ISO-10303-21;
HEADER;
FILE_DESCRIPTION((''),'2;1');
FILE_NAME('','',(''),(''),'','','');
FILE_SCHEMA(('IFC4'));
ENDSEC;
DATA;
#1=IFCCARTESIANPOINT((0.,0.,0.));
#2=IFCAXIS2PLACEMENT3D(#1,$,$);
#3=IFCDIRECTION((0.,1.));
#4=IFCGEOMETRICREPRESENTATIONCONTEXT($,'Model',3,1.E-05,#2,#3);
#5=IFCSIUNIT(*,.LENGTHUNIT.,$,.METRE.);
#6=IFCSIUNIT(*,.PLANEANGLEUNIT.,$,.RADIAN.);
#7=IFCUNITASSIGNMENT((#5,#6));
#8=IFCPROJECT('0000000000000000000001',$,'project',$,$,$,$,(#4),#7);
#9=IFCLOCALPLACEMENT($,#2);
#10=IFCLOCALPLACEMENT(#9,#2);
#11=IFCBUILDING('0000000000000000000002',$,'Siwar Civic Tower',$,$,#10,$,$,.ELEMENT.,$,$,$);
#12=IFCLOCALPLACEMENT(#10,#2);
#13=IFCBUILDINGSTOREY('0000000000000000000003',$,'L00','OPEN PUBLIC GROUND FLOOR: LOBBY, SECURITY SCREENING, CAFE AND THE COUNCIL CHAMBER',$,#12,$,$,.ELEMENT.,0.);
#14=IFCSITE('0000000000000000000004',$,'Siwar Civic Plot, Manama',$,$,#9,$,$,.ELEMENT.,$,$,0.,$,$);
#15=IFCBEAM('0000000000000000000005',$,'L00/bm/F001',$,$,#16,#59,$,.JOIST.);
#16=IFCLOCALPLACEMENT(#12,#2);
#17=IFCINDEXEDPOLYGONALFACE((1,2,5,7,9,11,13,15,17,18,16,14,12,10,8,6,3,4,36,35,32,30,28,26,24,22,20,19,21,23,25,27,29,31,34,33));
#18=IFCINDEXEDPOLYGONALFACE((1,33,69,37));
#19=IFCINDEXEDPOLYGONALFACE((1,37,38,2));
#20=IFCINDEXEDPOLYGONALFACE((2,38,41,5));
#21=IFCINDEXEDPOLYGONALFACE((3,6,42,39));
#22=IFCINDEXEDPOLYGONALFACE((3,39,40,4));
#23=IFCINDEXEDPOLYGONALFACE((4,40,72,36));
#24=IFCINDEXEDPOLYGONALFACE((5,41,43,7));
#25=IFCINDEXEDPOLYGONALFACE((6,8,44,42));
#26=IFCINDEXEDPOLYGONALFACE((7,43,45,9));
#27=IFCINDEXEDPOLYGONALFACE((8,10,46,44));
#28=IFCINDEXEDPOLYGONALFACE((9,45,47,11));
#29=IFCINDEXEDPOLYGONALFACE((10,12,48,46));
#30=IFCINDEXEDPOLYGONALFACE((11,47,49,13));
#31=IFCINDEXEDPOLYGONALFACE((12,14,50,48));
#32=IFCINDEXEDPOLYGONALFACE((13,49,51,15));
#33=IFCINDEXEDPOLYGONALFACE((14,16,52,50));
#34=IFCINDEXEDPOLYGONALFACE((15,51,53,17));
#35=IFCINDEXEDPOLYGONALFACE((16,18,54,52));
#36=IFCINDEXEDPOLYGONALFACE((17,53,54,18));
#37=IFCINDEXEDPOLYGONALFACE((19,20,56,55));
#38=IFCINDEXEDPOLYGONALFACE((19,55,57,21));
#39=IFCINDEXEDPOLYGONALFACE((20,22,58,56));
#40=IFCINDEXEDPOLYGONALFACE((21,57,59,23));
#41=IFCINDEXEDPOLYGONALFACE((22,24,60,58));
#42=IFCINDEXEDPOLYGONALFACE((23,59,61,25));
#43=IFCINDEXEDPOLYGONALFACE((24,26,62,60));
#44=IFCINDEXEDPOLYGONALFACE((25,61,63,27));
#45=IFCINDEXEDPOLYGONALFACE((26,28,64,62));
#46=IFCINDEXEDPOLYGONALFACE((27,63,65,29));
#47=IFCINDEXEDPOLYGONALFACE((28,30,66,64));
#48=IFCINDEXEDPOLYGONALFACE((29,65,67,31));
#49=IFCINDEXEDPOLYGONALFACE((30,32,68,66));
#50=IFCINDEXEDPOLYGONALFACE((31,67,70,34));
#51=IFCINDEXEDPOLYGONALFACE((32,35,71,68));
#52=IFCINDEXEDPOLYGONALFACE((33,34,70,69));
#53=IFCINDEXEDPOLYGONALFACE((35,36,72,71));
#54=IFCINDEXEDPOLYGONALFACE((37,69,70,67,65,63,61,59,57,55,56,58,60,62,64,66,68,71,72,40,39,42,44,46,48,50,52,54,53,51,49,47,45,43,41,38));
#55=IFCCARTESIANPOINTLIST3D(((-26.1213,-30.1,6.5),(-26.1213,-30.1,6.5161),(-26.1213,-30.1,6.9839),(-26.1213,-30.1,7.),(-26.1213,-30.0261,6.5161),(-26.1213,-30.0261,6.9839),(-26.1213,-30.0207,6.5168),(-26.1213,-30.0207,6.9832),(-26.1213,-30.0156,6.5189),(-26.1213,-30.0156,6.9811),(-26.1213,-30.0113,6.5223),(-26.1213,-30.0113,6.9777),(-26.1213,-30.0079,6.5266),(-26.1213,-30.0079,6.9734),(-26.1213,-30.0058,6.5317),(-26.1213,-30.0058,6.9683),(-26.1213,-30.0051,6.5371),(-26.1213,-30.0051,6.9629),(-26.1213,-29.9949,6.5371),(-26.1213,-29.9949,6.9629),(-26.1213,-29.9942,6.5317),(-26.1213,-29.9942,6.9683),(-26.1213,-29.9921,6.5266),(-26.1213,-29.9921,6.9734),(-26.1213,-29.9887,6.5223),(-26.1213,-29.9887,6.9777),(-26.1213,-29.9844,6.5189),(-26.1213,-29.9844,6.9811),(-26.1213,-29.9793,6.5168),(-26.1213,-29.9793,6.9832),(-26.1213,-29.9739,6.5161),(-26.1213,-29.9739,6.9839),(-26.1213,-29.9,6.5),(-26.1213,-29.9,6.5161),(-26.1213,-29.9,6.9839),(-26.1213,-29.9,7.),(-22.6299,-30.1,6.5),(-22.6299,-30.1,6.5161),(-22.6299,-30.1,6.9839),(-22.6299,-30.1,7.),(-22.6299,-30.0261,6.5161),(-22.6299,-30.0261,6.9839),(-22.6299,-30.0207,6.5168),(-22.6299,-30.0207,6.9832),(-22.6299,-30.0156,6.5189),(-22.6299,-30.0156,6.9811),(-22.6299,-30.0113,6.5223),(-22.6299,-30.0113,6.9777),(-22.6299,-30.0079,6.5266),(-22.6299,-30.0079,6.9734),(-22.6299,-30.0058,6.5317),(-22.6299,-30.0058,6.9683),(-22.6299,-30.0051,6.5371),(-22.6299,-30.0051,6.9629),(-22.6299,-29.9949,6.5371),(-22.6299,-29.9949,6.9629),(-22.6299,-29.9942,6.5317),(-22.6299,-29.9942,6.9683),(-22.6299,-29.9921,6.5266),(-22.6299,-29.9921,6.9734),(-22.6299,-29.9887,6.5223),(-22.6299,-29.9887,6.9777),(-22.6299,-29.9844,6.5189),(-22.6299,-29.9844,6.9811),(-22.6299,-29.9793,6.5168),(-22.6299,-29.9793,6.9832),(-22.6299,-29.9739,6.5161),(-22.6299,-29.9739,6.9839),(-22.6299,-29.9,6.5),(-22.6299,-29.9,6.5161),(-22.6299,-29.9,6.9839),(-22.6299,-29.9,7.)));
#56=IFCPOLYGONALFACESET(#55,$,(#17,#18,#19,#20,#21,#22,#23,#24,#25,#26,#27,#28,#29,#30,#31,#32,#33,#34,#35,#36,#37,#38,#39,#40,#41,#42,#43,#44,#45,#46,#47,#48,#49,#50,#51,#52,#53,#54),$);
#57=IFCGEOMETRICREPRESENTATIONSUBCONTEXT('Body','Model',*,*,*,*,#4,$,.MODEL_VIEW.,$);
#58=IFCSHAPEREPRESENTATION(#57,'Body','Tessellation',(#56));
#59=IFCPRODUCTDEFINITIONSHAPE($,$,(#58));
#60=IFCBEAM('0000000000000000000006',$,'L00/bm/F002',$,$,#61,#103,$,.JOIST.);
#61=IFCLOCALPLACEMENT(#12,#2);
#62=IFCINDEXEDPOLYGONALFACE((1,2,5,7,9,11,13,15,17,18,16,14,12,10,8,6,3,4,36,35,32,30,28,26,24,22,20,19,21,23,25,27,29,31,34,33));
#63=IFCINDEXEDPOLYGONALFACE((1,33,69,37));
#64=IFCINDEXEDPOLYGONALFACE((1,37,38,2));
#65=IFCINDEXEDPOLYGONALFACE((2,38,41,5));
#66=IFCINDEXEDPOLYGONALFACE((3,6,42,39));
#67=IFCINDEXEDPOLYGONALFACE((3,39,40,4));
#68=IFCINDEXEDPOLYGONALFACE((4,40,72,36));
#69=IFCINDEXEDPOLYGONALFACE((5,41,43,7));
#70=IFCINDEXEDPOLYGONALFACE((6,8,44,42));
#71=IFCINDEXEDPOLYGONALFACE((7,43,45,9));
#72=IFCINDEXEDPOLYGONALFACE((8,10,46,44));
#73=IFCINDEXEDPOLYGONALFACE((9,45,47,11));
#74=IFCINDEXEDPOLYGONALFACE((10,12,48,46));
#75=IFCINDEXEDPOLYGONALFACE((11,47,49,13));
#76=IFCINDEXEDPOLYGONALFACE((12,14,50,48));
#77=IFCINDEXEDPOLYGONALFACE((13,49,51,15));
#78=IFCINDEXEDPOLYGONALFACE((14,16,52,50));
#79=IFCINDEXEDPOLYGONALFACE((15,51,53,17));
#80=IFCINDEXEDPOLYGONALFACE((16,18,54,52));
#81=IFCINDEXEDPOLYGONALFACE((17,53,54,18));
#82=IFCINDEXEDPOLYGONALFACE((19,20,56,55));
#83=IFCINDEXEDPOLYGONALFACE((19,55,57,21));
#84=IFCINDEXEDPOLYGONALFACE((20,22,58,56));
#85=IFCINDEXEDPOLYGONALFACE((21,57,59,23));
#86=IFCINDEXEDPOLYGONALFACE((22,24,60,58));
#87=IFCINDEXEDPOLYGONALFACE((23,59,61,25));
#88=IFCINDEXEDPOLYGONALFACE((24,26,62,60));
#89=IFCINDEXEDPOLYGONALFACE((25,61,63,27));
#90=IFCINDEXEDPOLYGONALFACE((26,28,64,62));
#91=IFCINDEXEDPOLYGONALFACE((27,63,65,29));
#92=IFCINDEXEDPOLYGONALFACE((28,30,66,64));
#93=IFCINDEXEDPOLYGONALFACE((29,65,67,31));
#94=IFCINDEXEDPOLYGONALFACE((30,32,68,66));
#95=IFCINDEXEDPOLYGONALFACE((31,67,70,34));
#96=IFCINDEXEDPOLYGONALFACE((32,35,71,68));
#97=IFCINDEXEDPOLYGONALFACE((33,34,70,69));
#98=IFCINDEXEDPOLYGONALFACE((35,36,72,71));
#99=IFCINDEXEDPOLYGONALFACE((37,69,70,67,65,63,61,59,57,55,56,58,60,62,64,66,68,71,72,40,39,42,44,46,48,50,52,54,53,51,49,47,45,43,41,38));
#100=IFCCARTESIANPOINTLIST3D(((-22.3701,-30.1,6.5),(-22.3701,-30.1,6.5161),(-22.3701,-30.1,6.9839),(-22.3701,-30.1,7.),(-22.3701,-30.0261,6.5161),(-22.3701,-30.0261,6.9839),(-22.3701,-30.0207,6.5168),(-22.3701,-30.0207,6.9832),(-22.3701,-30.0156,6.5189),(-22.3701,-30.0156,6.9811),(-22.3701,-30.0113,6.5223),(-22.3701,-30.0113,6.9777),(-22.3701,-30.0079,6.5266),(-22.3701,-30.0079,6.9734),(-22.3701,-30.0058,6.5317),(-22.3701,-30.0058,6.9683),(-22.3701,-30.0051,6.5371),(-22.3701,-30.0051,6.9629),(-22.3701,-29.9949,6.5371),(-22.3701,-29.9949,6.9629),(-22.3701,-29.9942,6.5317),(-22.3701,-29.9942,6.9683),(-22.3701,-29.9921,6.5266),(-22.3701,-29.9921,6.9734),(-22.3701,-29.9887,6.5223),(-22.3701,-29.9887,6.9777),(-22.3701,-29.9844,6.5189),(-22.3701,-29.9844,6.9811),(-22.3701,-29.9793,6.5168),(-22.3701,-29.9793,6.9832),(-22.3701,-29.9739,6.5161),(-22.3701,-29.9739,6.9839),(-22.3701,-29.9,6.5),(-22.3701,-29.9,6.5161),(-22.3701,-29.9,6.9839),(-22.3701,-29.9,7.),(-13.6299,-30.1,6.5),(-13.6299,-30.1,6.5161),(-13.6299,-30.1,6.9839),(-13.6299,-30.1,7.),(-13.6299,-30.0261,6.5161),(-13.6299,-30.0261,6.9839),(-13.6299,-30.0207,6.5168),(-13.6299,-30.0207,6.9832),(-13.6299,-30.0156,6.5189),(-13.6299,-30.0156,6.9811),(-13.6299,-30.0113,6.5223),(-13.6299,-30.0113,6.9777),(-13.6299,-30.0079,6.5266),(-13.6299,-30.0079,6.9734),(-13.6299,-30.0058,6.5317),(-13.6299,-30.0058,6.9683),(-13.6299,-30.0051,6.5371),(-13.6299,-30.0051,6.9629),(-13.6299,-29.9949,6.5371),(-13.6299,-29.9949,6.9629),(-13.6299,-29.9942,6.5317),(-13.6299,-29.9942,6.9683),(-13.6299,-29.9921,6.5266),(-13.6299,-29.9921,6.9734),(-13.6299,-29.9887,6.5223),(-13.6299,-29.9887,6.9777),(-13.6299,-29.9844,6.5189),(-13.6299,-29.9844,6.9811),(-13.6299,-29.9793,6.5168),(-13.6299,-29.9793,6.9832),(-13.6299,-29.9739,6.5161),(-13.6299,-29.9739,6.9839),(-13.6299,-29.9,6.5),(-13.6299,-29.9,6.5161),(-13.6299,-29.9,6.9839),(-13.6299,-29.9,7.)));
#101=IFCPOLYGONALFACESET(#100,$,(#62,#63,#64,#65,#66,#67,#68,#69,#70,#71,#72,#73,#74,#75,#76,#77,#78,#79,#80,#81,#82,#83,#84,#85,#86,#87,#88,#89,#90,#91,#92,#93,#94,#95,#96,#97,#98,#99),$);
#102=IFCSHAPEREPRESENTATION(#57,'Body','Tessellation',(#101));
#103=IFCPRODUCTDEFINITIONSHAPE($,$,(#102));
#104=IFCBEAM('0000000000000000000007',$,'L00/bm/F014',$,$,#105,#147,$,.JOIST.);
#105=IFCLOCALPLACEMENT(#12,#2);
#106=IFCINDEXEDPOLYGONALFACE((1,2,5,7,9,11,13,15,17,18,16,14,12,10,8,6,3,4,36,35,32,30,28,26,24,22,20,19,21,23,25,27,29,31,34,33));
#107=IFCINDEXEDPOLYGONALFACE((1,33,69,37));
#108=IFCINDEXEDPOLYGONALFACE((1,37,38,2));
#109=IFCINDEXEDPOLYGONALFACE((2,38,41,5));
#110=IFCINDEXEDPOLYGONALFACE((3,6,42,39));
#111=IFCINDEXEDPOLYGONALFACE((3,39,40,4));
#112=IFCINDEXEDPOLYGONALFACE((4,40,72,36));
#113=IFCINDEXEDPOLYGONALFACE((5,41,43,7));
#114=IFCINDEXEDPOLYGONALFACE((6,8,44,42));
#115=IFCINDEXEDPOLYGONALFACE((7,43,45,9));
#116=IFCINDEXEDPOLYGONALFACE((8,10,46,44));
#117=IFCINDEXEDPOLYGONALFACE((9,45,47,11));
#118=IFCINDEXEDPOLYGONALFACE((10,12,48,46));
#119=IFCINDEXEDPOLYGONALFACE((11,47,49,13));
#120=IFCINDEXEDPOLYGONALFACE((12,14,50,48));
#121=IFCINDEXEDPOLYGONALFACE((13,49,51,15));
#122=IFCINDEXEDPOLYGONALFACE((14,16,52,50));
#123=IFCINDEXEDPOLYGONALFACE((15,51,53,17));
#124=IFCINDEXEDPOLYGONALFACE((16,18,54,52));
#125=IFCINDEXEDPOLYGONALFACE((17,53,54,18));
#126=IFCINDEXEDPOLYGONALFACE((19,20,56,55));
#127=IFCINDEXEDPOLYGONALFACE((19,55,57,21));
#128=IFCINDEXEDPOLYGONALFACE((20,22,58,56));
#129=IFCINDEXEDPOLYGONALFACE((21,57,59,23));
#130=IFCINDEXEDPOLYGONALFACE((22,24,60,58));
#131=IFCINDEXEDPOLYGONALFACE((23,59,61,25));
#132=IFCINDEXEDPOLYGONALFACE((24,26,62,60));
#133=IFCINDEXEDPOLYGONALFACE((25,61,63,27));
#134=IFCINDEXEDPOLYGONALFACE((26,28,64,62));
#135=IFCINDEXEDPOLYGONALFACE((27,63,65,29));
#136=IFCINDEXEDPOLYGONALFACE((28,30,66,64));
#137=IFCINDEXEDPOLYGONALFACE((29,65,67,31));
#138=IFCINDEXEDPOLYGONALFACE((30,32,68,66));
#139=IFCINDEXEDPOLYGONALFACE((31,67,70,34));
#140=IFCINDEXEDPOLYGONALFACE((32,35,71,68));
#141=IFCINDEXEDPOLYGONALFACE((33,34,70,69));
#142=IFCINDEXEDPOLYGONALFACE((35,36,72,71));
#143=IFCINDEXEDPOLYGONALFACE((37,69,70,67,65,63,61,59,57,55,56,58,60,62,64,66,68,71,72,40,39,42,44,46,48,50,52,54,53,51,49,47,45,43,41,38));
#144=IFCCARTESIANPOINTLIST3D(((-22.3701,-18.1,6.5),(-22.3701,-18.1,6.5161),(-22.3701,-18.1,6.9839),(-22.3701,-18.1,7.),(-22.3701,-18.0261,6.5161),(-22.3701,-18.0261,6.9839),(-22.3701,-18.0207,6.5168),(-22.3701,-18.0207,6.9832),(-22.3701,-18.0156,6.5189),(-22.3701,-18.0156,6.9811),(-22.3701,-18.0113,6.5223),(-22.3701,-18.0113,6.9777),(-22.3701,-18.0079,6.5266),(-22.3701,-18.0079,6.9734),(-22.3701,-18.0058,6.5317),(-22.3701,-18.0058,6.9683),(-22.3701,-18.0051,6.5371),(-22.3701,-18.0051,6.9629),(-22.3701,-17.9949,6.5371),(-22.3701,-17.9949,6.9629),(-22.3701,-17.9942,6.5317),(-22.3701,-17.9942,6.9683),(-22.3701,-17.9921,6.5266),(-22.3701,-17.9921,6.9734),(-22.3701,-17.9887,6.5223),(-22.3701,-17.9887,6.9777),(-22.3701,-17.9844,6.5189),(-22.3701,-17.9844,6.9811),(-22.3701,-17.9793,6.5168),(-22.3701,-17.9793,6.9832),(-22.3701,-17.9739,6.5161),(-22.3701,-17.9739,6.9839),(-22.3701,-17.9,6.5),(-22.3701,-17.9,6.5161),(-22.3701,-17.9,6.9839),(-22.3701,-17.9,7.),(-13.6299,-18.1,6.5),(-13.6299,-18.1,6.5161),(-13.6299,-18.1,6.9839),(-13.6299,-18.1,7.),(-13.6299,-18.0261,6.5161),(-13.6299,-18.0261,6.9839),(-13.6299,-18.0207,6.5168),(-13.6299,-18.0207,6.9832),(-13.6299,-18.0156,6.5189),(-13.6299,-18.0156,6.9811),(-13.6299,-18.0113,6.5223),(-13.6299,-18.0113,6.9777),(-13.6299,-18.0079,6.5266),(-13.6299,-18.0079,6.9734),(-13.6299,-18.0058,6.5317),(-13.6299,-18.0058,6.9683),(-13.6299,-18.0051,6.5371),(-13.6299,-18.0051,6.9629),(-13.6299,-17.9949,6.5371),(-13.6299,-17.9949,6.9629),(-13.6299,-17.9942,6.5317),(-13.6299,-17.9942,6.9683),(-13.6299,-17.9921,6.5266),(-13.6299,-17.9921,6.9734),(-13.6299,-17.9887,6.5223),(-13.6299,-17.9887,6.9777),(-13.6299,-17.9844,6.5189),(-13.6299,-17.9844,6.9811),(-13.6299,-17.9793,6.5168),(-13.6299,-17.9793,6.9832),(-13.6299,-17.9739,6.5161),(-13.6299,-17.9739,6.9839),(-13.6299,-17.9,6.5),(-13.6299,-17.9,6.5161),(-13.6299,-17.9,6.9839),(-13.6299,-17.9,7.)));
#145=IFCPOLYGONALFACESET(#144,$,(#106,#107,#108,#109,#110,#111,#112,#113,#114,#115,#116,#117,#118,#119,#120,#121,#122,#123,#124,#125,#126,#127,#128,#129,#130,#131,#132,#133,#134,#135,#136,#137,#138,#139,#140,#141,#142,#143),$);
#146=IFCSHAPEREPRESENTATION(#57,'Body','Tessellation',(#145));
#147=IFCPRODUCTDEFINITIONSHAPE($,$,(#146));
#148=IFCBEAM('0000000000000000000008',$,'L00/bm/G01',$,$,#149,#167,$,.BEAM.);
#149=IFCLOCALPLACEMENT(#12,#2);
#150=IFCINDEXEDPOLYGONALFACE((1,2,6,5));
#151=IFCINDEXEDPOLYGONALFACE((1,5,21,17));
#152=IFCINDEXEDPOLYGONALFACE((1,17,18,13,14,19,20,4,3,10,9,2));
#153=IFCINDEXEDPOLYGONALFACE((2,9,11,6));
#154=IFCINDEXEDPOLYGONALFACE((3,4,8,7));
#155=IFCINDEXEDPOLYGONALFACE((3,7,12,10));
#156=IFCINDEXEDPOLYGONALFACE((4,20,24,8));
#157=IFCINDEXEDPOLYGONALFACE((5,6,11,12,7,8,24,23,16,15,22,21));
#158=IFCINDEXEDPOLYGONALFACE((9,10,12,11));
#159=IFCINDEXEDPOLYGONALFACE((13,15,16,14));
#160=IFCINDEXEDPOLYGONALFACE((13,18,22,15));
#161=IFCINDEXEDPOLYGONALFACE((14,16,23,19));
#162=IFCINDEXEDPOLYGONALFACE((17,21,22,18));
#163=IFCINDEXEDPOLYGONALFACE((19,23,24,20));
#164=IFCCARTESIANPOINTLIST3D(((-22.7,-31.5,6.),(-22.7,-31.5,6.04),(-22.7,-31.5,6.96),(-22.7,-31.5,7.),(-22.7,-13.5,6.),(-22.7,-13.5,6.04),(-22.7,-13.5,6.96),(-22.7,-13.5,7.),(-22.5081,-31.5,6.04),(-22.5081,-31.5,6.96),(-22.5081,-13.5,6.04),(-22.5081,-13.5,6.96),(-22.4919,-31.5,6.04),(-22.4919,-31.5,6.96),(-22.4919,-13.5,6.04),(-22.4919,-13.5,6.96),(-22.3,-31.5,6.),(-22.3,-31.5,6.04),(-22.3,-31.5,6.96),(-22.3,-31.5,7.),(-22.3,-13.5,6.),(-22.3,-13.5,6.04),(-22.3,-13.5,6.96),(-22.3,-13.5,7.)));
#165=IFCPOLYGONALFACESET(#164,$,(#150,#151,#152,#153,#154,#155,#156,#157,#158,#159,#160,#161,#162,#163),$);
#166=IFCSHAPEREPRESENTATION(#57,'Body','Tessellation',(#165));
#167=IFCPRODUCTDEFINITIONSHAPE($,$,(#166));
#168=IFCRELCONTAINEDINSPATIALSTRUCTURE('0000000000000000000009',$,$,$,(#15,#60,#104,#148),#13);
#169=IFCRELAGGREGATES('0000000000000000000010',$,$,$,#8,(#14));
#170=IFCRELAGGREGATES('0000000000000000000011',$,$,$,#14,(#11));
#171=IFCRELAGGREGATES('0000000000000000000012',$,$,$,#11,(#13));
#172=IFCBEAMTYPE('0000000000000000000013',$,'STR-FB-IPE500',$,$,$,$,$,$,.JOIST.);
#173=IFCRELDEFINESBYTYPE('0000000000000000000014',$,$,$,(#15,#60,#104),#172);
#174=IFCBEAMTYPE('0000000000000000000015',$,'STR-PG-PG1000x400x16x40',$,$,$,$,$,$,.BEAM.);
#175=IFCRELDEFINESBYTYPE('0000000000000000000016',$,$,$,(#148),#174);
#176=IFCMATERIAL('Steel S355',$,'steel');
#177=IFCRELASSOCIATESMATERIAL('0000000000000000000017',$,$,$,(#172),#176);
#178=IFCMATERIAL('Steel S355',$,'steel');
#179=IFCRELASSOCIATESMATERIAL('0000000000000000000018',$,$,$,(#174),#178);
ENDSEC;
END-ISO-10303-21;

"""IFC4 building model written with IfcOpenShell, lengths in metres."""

from ifc_helpers import new_model, si_unit, direction, frame, origin, origin_2d, place, context, subcontext, project, spatial, i_section, extrude, material, material_profile, profile_set, type_object, element, save


model = new_model("IFC4")

# Units and contexts
model_context = context("Model", 3, precision=1e-05, world=origin(), true_north=direction((0.0, 1.0)))
body_context = subcontext(model_context, "Body", "Model", "MODEL_VIEW")
ifc_project = project(units=[si_unit("LENGTHUNIT", "METRE"), si_unit("PLANEANGLEUNIT", "RADIAN")], contexts=[model_context])

# Site, building, storey
site_placement = place(None, origin())
site = spatial("IfcSite", under=ifc_project, at=site_placement, Name="Siwar Civic Plot, Manama", CompositionType="ELEMENT", RefElevation=0.0)
building_placement = place(site_placement, origin())
building = spatial("IfcBuilding", under=site, at=building_placement, Name="Siwar Civic Tower", CompositionType="ELEMENT")
storey_placement = place(building_placement, origin())
storey = spatial("IfcBuildingStorey", under=building, at=storey_placement, Name="L00", Description="OPEN PUBLIC GROUND FLOOR: LOBBY, SECURITY SCREENING, CAFE AND THE COUNCIL CHAMBER", CompositionType="ELEMENT", Elevation=0.0)

# Beams
ifc_material_1 = material(Name="Steel S355", Category="steel")
ifc_material_profile_1 = material_profile(ifc_material_1, i_section(OverallWidth=0.2, OverallDepth=0.5, WebThickness=0.0103, FlangeThickness=0.0161, FilletRadius=0.021, at=origin_2d()), Name="IPE500")
ifc_profile_set_1 = profile_set([ifc_material_profile_1], Name="Steel S355")
beam_type_1 = type_object("IfcBeamType", Name="STR-FB-IPE500", PredefinedType="JOIST", material=ifc_profile_set_1)
beam_1_placement = place(storey_placement, frame((-26.1213, -30.0, 6.75), z_axis=(1.0, 0.0, 0.0), x_axis=(0.0, 1.0, 0.0)))
element("IfcBeam", 1, at=beam_1_placement, inside=storey, type_object=beam_type_1, Name="L00/bm/F001", PredefinedType="JOIST", context=body_context, shape_type="SweptSolid", body=[
    extrude(i_section(OverallWidth=0.2, OverallDepth=0.5, WebThickness=0.0103, FlangeThickness=0.0161, FilletRadius=0.021, at=origin_2d()), origin(), (0.0, 0.0, 1.0), 3.4915),
])
for number, where, z_axis, x_axis, name in (
    (2, (-22.3701, -30.0, 6.75), (1.0, 0.0, 0.0), (0.0, 1.0, 0.0), "L00/bm/F002"),
    (3, (-22.3701, -18.0, 6.75), (1.0, 0.0, 0.0), (0.0, 1.0, 0.0), "L00/bm/F014"),
):
    element("IfcBeam", number, at=place(storey_placement, frame(where, z_axis=z_axis, x_axis=x_axis)), inside=storey, type_object=beam_type_1, Name=name, PredefinedType="JOIST", context=body_context, shape_type="SweptSolid", body=[
        extrude(i_section(OverallWidth=0.2, OverallDepth=0.5, WebThickness=0.0103, FlangeThickness=0.0161, FilletRadius=0.021, at=origin_2d()), origin(), (0.0, 0.0, 1.0), 8.7402),
    ])
ifc_material_2 = material(Name="Steel S355", Category="steel")
ifc_material_profile_2 = material_profile(ifc_material_2, i_section(OverallWidth=0.3999, OverallDepth=1.0, WebThickness=0.0161, FlangeThickness=0.04, at=origin_2d()), Name="PG1000x400x16x40")
ifc_profile_set_2 = profile_set([ifc_material_profile_2], Name="Steel S355")
beam_type_2 = type_object("IfcBeamType", Name="STR-PG-PG1000x400x16x40", PredefinedType="BEAM", material=ifc_profile_set_2)
beam_2_placement = place(storey_placement, frame((-22.5, -31.5, 6.5), z_axis=(0.0, 1.0, 0.0), x_axis=(-1.0, 0.0, 0.0)))
element("IfcBeam", 4, at=beam_2_placement, inside=storey, type_object=beam_type_2, Name="L00/bm/G01", PredefinedType="BEAM", context=body_context, shape_type="SweptSolid", body=[
    extrude(i_section(OverallWidth=0.3999, OverallDepth=1.0, WebThickness=0.0161, FlangeThickness=0.04, at=origin_2d()), origin(), (0.0, 0.0, 1.0), 18.0),
])

save(model, "model.ifc")
